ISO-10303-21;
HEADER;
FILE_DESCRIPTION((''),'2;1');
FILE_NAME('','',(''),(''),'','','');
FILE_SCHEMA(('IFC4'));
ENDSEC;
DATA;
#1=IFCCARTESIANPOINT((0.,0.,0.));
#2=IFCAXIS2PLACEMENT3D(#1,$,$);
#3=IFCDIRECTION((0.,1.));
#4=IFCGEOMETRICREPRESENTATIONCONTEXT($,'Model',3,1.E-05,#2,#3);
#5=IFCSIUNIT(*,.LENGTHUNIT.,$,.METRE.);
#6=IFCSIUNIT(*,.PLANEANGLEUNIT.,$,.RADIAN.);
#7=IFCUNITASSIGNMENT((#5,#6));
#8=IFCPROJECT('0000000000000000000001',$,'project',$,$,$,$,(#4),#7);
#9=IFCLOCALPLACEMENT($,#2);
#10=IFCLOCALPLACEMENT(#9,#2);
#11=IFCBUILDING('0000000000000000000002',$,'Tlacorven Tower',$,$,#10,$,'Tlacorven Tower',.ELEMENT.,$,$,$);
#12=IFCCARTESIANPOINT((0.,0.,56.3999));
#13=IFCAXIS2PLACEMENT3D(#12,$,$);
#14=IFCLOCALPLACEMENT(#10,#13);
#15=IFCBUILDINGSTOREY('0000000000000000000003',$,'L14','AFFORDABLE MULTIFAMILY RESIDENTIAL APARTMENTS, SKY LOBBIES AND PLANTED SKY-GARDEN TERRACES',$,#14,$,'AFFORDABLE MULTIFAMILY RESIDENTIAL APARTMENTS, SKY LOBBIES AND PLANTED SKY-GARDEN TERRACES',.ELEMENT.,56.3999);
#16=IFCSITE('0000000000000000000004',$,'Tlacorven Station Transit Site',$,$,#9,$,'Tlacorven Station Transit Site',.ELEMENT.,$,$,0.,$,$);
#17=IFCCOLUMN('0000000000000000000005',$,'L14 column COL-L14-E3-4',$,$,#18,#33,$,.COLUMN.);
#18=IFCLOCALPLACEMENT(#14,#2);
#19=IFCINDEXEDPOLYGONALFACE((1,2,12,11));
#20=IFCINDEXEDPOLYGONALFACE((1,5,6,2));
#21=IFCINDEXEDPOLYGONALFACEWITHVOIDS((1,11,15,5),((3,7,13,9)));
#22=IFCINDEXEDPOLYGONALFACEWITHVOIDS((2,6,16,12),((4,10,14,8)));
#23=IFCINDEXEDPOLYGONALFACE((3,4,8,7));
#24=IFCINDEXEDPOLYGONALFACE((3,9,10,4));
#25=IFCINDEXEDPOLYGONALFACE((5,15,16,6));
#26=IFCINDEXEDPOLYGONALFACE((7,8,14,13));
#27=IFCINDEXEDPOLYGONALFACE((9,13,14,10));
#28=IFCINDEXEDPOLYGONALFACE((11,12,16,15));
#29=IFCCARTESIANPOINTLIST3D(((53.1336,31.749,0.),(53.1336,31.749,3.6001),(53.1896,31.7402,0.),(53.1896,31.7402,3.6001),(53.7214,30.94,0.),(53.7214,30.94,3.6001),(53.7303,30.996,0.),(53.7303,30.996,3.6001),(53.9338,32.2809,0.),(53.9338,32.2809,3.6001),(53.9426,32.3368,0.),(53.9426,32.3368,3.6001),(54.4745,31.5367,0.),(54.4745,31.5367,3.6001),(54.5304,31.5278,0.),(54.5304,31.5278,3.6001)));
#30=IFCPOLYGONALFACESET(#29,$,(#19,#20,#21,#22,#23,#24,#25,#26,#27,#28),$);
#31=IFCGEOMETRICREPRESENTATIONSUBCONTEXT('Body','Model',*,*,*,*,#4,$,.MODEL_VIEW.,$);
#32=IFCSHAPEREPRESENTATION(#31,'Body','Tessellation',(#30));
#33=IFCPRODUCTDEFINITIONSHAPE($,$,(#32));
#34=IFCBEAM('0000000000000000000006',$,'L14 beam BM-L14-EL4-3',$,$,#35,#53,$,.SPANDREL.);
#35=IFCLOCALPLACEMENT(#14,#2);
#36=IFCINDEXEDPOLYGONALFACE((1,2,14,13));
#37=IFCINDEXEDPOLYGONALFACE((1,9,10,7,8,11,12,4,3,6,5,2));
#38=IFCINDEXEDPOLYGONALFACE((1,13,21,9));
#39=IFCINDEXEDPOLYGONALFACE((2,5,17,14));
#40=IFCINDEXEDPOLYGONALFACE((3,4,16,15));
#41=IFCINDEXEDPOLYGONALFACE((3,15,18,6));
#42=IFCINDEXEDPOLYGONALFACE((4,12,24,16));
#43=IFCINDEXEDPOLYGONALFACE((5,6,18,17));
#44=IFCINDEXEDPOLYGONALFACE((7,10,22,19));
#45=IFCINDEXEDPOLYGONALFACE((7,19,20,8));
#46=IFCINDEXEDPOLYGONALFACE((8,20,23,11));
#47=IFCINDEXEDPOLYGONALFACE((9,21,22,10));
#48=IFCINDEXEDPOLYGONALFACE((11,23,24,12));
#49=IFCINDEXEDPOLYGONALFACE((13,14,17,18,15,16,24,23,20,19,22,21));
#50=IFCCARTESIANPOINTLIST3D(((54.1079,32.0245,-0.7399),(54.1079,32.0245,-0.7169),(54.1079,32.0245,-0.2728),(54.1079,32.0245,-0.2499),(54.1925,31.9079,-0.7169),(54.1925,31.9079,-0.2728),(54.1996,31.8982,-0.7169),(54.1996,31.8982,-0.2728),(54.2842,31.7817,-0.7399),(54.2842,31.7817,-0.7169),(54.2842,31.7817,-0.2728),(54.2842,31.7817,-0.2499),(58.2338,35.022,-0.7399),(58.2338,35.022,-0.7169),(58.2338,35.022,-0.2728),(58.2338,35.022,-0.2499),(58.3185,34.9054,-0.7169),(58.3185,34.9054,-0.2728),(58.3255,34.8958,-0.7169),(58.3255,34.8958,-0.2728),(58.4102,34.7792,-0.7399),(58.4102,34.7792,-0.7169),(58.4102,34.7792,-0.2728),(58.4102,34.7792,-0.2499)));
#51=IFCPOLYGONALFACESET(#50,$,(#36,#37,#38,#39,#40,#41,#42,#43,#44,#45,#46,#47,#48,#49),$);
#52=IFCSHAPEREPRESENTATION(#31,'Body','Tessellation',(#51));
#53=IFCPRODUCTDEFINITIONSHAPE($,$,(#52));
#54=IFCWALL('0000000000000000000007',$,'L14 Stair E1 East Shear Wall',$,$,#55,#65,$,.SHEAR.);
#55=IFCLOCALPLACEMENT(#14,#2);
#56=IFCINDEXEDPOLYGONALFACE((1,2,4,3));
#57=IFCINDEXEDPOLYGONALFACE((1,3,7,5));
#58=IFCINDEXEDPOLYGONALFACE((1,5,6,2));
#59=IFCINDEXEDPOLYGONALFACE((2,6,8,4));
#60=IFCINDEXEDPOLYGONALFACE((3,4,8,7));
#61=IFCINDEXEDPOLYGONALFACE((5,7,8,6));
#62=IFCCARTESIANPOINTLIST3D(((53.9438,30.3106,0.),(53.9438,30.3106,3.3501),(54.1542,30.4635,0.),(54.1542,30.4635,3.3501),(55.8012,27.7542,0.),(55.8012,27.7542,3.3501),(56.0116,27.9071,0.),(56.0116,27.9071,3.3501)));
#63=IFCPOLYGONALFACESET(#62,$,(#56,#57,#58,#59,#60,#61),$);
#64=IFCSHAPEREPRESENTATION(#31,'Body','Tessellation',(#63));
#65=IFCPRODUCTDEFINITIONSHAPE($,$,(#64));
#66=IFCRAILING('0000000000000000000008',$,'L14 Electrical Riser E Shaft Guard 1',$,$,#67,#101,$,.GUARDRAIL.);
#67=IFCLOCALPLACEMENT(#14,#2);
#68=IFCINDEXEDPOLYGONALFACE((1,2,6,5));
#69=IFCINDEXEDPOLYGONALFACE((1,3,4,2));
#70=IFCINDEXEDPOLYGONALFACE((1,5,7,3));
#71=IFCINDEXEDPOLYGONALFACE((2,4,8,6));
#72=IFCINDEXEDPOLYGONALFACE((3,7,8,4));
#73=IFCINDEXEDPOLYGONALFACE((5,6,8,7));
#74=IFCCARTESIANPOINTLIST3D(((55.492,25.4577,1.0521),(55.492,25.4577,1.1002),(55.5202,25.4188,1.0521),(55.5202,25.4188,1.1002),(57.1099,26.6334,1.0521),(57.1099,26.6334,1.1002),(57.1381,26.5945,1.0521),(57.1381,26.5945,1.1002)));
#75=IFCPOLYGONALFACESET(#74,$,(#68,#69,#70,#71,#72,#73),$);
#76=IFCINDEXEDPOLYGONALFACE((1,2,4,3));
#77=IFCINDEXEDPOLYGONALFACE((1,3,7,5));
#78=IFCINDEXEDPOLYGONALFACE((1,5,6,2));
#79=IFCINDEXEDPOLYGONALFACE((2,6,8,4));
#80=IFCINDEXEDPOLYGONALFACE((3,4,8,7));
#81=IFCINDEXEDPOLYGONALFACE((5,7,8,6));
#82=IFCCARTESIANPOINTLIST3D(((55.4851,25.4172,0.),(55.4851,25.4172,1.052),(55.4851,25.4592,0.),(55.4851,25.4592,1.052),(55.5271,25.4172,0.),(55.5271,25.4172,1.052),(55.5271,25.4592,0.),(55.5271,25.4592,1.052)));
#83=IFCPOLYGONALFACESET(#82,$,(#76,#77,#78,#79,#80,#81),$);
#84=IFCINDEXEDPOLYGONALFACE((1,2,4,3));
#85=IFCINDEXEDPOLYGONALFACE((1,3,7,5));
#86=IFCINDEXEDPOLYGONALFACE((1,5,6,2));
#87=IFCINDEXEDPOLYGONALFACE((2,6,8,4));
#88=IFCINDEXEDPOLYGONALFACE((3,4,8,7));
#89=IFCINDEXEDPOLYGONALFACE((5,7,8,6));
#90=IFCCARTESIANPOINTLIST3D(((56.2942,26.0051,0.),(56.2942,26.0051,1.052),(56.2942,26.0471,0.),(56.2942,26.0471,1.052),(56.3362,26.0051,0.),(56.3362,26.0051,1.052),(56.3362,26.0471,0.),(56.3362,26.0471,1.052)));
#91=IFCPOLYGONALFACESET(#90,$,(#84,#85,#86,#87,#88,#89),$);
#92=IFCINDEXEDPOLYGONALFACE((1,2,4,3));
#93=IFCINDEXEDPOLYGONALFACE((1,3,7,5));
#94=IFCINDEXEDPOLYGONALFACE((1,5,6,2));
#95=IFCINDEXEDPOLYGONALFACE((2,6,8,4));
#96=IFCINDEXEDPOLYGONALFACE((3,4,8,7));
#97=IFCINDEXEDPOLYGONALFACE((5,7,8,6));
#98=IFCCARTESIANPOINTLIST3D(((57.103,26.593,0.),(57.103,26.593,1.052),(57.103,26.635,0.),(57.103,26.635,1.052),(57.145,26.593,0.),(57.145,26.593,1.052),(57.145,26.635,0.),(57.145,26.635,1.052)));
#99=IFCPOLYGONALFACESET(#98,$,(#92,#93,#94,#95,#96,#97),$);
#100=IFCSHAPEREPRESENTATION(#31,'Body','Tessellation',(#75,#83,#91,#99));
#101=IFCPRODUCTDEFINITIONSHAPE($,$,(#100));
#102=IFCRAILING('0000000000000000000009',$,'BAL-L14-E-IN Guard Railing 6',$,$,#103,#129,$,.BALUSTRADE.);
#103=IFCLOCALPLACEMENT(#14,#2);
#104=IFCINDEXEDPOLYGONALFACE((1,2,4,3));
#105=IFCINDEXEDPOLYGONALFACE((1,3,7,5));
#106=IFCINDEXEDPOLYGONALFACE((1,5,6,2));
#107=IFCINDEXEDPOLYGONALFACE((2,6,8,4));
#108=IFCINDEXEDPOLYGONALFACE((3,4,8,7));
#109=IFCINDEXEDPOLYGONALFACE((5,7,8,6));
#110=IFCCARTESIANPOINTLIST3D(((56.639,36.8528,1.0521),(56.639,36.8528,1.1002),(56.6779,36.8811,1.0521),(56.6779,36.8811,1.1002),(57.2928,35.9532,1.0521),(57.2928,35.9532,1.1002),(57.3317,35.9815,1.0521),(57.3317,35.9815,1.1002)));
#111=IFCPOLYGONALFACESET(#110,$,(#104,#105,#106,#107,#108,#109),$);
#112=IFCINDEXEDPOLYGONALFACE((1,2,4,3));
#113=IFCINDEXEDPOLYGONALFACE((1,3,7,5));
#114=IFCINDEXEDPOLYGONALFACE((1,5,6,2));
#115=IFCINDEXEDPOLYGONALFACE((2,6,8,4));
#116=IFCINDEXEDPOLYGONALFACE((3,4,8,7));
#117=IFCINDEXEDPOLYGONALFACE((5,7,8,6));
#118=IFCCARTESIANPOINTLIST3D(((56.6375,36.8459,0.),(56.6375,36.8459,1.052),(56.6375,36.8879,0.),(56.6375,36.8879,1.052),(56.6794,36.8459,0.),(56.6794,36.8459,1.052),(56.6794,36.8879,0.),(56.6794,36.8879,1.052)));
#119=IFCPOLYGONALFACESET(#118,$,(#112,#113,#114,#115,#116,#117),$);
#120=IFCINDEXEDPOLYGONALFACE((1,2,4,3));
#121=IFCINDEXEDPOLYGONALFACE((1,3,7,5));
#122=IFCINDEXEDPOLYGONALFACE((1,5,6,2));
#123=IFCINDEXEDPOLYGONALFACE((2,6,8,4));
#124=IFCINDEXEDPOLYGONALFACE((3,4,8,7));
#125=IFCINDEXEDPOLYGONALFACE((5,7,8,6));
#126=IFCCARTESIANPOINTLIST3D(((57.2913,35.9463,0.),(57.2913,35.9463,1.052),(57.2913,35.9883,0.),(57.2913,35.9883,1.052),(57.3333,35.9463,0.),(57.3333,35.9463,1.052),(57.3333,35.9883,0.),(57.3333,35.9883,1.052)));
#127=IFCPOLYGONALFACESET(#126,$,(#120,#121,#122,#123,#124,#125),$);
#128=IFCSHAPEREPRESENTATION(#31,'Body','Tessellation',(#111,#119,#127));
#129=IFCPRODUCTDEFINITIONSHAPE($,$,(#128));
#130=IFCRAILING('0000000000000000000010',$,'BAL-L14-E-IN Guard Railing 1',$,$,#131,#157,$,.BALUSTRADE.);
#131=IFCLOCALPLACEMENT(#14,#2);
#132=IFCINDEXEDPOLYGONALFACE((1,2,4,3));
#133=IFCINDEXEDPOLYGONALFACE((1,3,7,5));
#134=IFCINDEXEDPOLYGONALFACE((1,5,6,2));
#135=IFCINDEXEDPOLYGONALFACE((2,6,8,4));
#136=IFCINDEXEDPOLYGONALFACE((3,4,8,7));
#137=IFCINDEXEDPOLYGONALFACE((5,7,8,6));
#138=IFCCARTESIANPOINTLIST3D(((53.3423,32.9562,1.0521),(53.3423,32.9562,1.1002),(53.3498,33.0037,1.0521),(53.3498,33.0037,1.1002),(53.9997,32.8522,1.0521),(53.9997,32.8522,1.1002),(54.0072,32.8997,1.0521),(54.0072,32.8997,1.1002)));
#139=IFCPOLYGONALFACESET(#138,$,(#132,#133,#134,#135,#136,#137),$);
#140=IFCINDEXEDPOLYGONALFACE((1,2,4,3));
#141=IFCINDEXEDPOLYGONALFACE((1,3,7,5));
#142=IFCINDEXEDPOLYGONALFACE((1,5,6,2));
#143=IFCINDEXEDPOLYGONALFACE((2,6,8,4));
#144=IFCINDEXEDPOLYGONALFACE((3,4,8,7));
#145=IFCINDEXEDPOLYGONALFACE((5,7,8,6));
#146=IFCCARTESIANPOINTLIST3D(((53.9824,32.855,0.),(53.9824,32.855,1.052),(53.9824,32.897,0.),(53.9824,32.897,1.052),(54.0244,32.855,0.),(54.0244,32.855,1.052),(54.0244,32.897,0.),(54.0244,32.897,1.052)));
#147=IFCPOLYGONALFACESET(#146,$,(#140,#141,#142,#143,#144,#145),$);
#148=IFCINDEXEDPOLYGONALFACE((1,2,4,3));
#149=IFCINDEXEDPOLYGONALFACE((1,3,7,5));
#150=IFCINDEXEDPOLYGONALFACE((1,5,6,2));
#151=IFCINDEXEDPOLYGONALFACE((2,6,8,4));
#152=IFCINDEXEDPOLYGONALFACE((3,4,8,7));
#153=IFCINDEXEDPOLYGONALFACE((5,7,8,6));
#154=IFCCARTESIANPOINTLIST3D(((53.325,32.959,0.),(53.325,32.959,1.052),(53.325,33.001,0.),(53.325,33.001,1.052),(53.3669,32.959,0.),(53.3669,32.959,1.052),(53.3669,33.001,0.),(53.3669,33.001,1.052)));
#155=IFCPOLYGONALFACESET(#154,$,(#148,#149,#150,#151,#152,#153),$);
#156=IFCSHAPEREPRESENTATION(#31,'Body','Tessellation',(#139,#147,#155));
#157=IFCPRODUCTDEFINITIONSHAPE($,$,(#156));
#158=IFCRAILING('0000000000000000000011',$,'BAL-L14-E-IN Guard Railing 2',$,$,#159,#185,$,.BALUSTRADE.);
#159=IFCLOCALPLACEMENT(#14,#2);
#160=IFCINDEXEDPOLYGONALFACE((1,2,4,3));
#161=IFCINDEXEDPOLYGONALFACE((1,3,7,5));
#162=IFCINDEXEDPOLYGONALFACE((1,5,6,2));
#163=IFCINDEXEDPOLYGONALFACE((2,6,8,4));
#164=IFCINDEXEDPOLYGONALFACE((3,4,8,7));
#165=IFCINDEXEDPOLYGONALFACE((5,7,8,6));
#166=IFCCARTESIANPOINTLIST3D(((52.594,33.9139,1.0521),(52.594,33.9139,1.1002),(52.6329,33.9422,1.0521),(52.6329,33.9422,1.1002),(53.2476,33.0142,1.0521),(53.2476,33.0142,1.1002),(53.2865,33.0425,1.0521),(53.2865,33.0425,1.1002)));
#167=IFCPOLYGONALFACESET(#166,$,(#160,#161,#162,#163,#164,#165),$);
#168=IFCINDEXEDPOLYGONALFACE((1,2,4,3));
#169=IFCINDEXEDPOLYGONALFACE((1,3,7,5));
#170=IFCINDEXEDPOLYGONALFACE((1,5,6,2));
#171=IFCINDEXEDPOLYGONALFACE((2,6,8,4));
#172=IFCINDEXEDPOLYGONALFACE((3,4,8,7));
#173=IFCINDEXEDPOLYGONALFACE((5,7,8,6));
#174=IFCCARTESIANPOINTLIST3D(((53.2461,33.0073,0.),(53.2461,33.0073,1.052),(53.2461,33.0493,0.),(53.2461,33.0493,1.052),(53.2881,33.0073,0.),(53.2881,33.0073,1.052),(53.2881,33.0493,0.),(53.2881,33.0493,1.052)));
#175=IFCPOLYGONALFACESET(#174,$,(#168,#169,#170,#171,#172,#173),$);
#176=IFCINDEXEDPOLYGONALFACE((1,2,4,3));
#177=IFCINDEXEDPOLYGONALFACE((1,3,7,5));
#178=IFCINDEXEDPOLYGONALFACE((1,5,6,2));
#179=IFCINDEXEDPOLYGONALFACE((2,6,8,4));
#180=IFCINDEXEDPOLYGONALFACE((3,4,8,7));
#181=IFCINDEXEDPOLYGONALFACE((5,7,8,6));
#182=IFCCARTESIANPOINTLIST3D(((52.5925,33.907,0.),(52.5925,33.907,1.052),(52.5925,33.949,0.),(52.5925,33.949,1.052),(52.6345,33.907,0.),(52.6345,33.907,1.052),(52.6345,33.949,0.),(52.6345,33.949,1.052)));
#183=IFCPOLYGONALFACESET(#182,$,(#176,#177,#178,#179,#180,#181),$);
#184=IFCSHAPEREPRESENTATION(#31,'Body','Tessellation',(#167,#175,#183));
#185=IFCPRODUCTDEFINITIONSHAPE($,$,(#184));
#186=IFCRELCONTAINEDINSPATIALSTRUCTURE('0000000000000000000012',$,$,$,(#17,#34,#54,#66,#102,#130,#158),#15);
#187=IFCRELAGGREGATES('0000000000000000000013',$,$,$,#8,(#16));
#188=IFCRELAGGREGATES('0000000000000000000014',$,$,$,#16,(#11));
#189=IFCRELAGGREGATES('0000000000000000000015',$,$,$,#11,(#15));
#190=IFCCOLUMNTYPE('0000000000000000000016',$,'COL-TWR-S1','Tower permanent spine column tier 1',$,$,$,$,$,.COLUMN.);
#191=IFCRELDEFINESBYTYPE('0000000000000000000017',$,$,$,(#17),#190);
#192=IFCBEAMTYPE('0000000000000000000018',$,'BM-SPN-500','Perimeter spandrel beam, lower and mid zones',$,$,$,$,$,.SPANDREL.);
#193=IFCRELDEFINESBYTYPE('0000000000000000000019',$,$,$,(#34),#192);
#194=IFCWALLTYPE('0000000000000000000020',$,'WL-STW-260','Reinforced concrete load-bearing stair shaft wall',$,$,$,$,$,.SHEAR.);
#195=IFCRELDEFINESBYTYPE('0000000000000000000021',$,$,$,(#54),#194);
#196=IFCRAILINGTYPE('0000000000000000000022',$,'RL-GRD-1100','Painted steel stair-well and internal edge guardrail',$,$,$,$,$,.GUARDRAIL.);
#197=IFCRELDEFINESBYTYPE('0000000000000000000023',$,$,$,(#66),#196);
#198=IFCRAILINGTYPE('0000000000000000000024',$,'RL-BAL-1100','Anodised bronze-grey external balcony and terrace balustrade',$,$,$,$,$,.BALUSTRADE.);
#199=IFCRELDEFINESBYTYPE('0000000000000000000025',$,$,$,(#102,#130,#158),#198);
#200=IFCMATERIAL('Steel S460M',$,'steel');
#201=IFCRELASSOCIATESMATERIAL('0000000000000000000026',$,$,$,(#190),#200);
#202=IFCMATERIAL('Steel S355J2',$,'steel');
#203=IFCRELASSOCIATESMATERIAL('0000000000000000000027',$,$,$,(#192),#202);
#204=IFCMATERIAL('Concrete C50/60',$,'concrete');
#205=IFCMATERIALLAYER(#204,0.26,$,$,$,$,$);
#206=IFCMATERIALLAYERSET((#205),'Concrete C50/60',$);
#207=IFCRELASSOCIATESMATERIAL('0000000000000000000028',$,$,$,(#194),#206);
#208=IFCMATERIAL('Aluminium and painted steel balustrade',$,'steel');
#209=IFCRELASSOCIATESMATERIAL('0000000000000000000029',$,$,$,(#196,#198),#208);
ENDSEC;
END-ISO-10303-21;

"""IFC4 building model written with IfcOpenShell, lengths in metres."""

from ifc_helpers import new_model, si_unit, direction, frame, frame_2d, origin, origin_2d, place, context, subcontext, project, spatial, rectangle, hollow_rectangle, i_section, extrude, source, transform, mapped, material, layer, layer_set, material_profile, profile_set, type_object, element, save


model = new_model("IFC4")

# Units and contexts
model_context = context("Model", 3, precision=1e-05, world=origin(), true_north=direction((0.0, 1.0)))
body_context = subcontext(model_context, "Body", "Model", "MODEL_VIEW")
ifc_project = project(units=[si_unit("LENGTHUNIT", "METRE"), si_unit("PLANEANGLEUNIT", "RADIAN")], contexts=[model_context])

# Site, building, storey
site_placement = place(None, origin())
site = spatial("IfcSite", under=ifc_project, at=site_placement, Name="Tlacorven Station Transit Site", LongName="Tlacorven Station Transit Site", CompositionType="ELEMENT", RefElevation=0.0)
building_placement = place(site_placement, origin())
building = spatial("IfcBuilding", under=site, at=building_placement, Name="Tlacorven Tower", LongName="Tlacorven Tower", CompositionType="ELEMENT")
storey_placement = place(building_placement, frame((0.0, 0.0, 56.3999)))
storey = spatial("IfcBuildingStorey", under=building, at=storey_placement, Name="L14", Description="AFFORDABLE MULTIFAMILY RESIDENTIAL APARTMENTS, SKY LOBBIES AND PLANTED SKY-GARDEN TERRACES", LongName="AFFORDABLE MULTIFAMILY RESIDENTIAL APARTMENTS, SKY LOBBIES AND PLANTED SKY-GARDEN TERRACES", CompositionType="ELEMENT", Elevation=56.3999)

# Column
ifc_material_1 = material(Name="Steel S460M", Category="steel")
ifc_material_profile_1 = material_profile(ifc_material_1, hollow_rectangle(XDim=1.0, YDim=1.0, WallThickness=0.04, at=origin_2d()), Name="BOX 1000X1000X40")
ifc_profile_set_1 = profile_set([ifc_material_profile_1], Name="Steel S460M")
column_type = type_object("IfcColumnType", Name="COL-TWR-S1", Description="Tower permanent spine column tier 1", PredefinedType="COLUMN", material=ifc_profile_set_1)
shared_shape_1 = source(origin(), body_context, "Body", "SweptSolid", [
    extrude(hollow_rectangle(XDim=1.0, YDim=1.0, WallThickness=0.04, at=origin_2d()), origin(), (0.0, 0.0, 1.0), 3.6001),
])
column_placement = place(storey_placement, frame((53.832, 31.6384, 0.0), z_axis=(0.0, 0.0, 1.0), x_axis=(0.809017, 0.587785, 0.0)))
element("IfcColumn", 1, at=column_placement, inside=storey, type_object=column_type, Name="L14 column COL-L14-E3-4", PredefinedType="COLUMN", context=body_context, shape_type="MappedRepresentation", body=[
    mapped(shared_shape_1, transform((0.0, 0.0, 0.0), scale=1.0)),
])

# Beam
ifc_material_2 = material(Name="Steel S355J2", Category="steel")
ifc_material_profile_2 = material_profile(ifc_material_2, i_section(OverallWidth=0.3, OverallDepth=0.49, WebThickness=0.012, FlangeThickness=0.0229, at=origin_2d()), Name="HEA 500")
ifc_profile_set_2 = profile_set([ifc_material_profile_2], Name="Steel S355J2")
beam_type = type_object("IfcBeamType", Name="BM-SPN-500", Description="Perimeter spandrel beam, lower and mid zones", PredefinedType="SPANDREL", material=ifc_profile_set_2)
shared_shape_2 = source(origin(), body_context, "Body", "SweptSolid", [
    extrude(i_section(OverallWidth=0.3, OverallDepth=0.49, WebThickness=0.012, FlangeThickness=0.0229, at=origin_2d()), origin(), (0.0, 0.0, 1.0), 5.0999),
])
beam_placement = place(storey_placement, frame((54.196, 31.9031, -0.4949), z_axis=(0.80903, 0.587767, 0.0), x_axis=(-0.587767, 0.80903, 0.0)))
element("IfcBeam", 2, at=beam_placement, inside=storey, type_object=beam_type, Name="L14 beam BM-L14-EL4-3", PredefinedType="SPANDREL", context=body_context, shape_type="MappedRepresentation", body=[
    mapped(shared_shape_2, transform((0.0, 0.0, 0.0), scale=1.0)),
])

# Wall
ifc_material_3 = material(Name="Concrete C50/60", Category="concrete")
ifc_layer = layer(ifc_material_3, 0.26)
ifc_layer_set = layer_set([ifc_layer], Name="Concrete C50/60")
wall_type = type_object("IfcWallType", Name="WL-STW-260", Description="Reinforced concrete load-bearing stair shaft wall", PredefinedType="SHEAR", material=ifc_layer_set)
wall_placement = place(storey_placement, frame((55.9065, 27.8306, 0.0), z_axis=(0.0, 0.0, 1.0), x_axis=(-0.587804, 0.809003, 0.0)))
element("IfcWall", 3, at=wall_placement, inside=storey, type_object=wall_type, Name="L14 Stair E1 East Shear Wall", PredefinedType="SHEAR", context=body_context, shape_type="SweptSolid", body=[
    extrude(rectangle(XDim=3.1599, YDim=0.26, at=frame_2d((1.5801, 0.0))), origin(), (0.0, 0.0, 1.0), 3.3501),
])

# Railings
ifc_material_4 = material(Name="Aluminium and painted steel balustrade", Category="steel")
railing_type_1 = type_object("IfcRailingType", Name="RL-GRD-1100", Description="Painted steel stair-well and internal edge guardrail", PredefinedType="GUARDRAIL", material=ifc_material_4)
shared_shape_3 = source(origin(), body_context, "Body", "SweptSolid", [
    extrude(rectangle(XDim=0.0481, YDim=0.0481, at=origin_2d()), frame((0.0, 0.0, 1.0762), z_axis=(0.808947, 0.587881, 0.0), x_axis=(-0.587881, 0.808947, 0.0)), (0.0, 0.0, 1.0), 2.0),
    extrude(rectangle(XDim=0.042, YDim=0.042, at=origin_2d()), origin(), (0.0, 0.0, 1.0), 1.052),
    extrude(rectangle(XDim=0.042, YDim=0.042, at=origin_2d()), frame((0.8091, 0.5879, 0.0)), (0.0, 0.0, 1.0), 1.052),
    extrude(rectangle(XDim=0.042, YDim=0.042, at=origin_2d()), frame((1.6179, 1.1758, 0.0)), (0.0, 0.0, 1.0), 1.052),
])
railing_1_placement = place(storey_placement, frame((55.5061, 25.4382, 0.0)))
element("IfcRailing", 4, at=railing_1_placement, inside=storey, type_object=railing_type_1, Name="L14 Electrical Riser E Shaft Guard 1", PredefinedType="GUARDRAIL", context=body_context, shape_type="MappedRepresentation", body=[
    mapped(shared_shape_3, transform((0.0, 0.0, 0.0), scale=1.0)),
])
railing_type_2 = type_object("IfcRailingType", Name="RL-BAL-1100", Description="Anodised bronze-grey external balcony and terrace balustrade", PredefinedType="BALUSTRADE", material=ifc_material_4)
shared_shape_4 = source(origin(), body_context, "Body", "SweptSolid", [
    extrude(rectangle(XDim=0.0481, YDim=0.0481, at=origin_2d()), frame((0.0, 0.0, 1.0762), z_axis=(0.587884, -0.808945, 0.0), x_axis=(0.808945, 0.587884, 0.0)), (0.0, 0.0, 1.0), 1.1121),
    extrude(rectangle(XDim=0.042, YDim=0.042, at=origin_2d()), origin(), (0.0, 0.0, 1.0), 1.052),
    extrude(rectangle(XDim=0.042, YDim=0.042, at=origin_2d()), frame((0.6538, -0.8997, 0.0)), (0.0, 0.0, 1.0), 1.052),
])
railing_2_placement = place(storey_placement, frame((56.6584, 36.8669, 0.0)))
element("IfcRailing", 5, at=railing_2_placement, inside=storey, type_object=railing_type_2, Name="BAL-L14-E-IN Guard Railing 6", PredefinedType="BALUSTRADE", context=body_context, shape_type="MappedRepresentation", body=[
    mapped(shared_shape_4, transform((0.0, 0.0, 0.0), scale=1.0)),
])
shared_shape_5 = source(origin(), body_context, "Body", "SweptSolid", [
    extrude(rectangle(XDim=0.0481, YDim=0.0481, at=origin_2d()), frame((0.0, 0.0, 1.0762), z_axis=(-0.987718, 0.156245, 0.0), x_axis=(-0.156245, -0.987718, 0.0)), (0.0, 0.0, 1.0), 0.6655),
    extrude(rectangle(XDim=0.042, YDim=0.042, at=origin_2d()), origin(), (0.0, 0.0, 1.0), 1.052),
    extrude(rectangle(XDim=0.042, YDim=0.042, at=origin_2d()), frame((-0.6575, 0.104, 0.0)), (0.0, 0.0, 1.0), 1.052),
])
railing_3_placement = place(storey_placement, frame((54.0034, 32.876, 0.0)))
element("IfcRailing", 6, at=railing_3_placement, inside=storey, type_object=railing_type_2, Name="BAL-L14-E-IN Guard Railing 1", PredefinedType="BALUSTRADE", context=body_context, shape_type="MappedRepresentation", body=[
    mapped(shared_shape_5, transform((0.0, 0.0, 0.0), scale=1.0)),
])
shared_shape_6 = source(origin(), body_context, "Body", "SweptSolid", [
    extrude(rectangle(XDim=0.0481, YDim=0.0481, at=origin_2d()), frame((0.0, 0.0, 1.0762), z_axis=(-0.587741, 0.809049, 0.0), x_axis=(-0.809049, -0.587741, 0.0)), (0.0, 0.0, 1.0), 1.1121),
    extrude(rectangle(XDim=0.042, YDim=0.042, at=origin_2d()), origin(), (0.0, 0.0, 1.0), 1.052),
    extrude(rectangle(XDim=0.042, YDim=0.042, at=origin_2d()), frame((-0.6536, 0.8997, 0.0)), (0.0, 0.0, 1.0), 1.052),
])
railing_4_placement = place(storey_placement, frame((53.2671, 33.0283, 0.0)))
element("IfcRailing", 7, at=railing_4_placement, inside=storey, type_object=railing_type_2, Name="BAL-L14-E-IN Guard Railing 2", PredefinedType="BALUSTRADE", context=body_context, shape_type="MappedRepresentation", body=[
    mapped(shared_shape_6, transform((0.0, 0.0, 0.0), scale=1.0)),
])

save(model, "model.ifc")
